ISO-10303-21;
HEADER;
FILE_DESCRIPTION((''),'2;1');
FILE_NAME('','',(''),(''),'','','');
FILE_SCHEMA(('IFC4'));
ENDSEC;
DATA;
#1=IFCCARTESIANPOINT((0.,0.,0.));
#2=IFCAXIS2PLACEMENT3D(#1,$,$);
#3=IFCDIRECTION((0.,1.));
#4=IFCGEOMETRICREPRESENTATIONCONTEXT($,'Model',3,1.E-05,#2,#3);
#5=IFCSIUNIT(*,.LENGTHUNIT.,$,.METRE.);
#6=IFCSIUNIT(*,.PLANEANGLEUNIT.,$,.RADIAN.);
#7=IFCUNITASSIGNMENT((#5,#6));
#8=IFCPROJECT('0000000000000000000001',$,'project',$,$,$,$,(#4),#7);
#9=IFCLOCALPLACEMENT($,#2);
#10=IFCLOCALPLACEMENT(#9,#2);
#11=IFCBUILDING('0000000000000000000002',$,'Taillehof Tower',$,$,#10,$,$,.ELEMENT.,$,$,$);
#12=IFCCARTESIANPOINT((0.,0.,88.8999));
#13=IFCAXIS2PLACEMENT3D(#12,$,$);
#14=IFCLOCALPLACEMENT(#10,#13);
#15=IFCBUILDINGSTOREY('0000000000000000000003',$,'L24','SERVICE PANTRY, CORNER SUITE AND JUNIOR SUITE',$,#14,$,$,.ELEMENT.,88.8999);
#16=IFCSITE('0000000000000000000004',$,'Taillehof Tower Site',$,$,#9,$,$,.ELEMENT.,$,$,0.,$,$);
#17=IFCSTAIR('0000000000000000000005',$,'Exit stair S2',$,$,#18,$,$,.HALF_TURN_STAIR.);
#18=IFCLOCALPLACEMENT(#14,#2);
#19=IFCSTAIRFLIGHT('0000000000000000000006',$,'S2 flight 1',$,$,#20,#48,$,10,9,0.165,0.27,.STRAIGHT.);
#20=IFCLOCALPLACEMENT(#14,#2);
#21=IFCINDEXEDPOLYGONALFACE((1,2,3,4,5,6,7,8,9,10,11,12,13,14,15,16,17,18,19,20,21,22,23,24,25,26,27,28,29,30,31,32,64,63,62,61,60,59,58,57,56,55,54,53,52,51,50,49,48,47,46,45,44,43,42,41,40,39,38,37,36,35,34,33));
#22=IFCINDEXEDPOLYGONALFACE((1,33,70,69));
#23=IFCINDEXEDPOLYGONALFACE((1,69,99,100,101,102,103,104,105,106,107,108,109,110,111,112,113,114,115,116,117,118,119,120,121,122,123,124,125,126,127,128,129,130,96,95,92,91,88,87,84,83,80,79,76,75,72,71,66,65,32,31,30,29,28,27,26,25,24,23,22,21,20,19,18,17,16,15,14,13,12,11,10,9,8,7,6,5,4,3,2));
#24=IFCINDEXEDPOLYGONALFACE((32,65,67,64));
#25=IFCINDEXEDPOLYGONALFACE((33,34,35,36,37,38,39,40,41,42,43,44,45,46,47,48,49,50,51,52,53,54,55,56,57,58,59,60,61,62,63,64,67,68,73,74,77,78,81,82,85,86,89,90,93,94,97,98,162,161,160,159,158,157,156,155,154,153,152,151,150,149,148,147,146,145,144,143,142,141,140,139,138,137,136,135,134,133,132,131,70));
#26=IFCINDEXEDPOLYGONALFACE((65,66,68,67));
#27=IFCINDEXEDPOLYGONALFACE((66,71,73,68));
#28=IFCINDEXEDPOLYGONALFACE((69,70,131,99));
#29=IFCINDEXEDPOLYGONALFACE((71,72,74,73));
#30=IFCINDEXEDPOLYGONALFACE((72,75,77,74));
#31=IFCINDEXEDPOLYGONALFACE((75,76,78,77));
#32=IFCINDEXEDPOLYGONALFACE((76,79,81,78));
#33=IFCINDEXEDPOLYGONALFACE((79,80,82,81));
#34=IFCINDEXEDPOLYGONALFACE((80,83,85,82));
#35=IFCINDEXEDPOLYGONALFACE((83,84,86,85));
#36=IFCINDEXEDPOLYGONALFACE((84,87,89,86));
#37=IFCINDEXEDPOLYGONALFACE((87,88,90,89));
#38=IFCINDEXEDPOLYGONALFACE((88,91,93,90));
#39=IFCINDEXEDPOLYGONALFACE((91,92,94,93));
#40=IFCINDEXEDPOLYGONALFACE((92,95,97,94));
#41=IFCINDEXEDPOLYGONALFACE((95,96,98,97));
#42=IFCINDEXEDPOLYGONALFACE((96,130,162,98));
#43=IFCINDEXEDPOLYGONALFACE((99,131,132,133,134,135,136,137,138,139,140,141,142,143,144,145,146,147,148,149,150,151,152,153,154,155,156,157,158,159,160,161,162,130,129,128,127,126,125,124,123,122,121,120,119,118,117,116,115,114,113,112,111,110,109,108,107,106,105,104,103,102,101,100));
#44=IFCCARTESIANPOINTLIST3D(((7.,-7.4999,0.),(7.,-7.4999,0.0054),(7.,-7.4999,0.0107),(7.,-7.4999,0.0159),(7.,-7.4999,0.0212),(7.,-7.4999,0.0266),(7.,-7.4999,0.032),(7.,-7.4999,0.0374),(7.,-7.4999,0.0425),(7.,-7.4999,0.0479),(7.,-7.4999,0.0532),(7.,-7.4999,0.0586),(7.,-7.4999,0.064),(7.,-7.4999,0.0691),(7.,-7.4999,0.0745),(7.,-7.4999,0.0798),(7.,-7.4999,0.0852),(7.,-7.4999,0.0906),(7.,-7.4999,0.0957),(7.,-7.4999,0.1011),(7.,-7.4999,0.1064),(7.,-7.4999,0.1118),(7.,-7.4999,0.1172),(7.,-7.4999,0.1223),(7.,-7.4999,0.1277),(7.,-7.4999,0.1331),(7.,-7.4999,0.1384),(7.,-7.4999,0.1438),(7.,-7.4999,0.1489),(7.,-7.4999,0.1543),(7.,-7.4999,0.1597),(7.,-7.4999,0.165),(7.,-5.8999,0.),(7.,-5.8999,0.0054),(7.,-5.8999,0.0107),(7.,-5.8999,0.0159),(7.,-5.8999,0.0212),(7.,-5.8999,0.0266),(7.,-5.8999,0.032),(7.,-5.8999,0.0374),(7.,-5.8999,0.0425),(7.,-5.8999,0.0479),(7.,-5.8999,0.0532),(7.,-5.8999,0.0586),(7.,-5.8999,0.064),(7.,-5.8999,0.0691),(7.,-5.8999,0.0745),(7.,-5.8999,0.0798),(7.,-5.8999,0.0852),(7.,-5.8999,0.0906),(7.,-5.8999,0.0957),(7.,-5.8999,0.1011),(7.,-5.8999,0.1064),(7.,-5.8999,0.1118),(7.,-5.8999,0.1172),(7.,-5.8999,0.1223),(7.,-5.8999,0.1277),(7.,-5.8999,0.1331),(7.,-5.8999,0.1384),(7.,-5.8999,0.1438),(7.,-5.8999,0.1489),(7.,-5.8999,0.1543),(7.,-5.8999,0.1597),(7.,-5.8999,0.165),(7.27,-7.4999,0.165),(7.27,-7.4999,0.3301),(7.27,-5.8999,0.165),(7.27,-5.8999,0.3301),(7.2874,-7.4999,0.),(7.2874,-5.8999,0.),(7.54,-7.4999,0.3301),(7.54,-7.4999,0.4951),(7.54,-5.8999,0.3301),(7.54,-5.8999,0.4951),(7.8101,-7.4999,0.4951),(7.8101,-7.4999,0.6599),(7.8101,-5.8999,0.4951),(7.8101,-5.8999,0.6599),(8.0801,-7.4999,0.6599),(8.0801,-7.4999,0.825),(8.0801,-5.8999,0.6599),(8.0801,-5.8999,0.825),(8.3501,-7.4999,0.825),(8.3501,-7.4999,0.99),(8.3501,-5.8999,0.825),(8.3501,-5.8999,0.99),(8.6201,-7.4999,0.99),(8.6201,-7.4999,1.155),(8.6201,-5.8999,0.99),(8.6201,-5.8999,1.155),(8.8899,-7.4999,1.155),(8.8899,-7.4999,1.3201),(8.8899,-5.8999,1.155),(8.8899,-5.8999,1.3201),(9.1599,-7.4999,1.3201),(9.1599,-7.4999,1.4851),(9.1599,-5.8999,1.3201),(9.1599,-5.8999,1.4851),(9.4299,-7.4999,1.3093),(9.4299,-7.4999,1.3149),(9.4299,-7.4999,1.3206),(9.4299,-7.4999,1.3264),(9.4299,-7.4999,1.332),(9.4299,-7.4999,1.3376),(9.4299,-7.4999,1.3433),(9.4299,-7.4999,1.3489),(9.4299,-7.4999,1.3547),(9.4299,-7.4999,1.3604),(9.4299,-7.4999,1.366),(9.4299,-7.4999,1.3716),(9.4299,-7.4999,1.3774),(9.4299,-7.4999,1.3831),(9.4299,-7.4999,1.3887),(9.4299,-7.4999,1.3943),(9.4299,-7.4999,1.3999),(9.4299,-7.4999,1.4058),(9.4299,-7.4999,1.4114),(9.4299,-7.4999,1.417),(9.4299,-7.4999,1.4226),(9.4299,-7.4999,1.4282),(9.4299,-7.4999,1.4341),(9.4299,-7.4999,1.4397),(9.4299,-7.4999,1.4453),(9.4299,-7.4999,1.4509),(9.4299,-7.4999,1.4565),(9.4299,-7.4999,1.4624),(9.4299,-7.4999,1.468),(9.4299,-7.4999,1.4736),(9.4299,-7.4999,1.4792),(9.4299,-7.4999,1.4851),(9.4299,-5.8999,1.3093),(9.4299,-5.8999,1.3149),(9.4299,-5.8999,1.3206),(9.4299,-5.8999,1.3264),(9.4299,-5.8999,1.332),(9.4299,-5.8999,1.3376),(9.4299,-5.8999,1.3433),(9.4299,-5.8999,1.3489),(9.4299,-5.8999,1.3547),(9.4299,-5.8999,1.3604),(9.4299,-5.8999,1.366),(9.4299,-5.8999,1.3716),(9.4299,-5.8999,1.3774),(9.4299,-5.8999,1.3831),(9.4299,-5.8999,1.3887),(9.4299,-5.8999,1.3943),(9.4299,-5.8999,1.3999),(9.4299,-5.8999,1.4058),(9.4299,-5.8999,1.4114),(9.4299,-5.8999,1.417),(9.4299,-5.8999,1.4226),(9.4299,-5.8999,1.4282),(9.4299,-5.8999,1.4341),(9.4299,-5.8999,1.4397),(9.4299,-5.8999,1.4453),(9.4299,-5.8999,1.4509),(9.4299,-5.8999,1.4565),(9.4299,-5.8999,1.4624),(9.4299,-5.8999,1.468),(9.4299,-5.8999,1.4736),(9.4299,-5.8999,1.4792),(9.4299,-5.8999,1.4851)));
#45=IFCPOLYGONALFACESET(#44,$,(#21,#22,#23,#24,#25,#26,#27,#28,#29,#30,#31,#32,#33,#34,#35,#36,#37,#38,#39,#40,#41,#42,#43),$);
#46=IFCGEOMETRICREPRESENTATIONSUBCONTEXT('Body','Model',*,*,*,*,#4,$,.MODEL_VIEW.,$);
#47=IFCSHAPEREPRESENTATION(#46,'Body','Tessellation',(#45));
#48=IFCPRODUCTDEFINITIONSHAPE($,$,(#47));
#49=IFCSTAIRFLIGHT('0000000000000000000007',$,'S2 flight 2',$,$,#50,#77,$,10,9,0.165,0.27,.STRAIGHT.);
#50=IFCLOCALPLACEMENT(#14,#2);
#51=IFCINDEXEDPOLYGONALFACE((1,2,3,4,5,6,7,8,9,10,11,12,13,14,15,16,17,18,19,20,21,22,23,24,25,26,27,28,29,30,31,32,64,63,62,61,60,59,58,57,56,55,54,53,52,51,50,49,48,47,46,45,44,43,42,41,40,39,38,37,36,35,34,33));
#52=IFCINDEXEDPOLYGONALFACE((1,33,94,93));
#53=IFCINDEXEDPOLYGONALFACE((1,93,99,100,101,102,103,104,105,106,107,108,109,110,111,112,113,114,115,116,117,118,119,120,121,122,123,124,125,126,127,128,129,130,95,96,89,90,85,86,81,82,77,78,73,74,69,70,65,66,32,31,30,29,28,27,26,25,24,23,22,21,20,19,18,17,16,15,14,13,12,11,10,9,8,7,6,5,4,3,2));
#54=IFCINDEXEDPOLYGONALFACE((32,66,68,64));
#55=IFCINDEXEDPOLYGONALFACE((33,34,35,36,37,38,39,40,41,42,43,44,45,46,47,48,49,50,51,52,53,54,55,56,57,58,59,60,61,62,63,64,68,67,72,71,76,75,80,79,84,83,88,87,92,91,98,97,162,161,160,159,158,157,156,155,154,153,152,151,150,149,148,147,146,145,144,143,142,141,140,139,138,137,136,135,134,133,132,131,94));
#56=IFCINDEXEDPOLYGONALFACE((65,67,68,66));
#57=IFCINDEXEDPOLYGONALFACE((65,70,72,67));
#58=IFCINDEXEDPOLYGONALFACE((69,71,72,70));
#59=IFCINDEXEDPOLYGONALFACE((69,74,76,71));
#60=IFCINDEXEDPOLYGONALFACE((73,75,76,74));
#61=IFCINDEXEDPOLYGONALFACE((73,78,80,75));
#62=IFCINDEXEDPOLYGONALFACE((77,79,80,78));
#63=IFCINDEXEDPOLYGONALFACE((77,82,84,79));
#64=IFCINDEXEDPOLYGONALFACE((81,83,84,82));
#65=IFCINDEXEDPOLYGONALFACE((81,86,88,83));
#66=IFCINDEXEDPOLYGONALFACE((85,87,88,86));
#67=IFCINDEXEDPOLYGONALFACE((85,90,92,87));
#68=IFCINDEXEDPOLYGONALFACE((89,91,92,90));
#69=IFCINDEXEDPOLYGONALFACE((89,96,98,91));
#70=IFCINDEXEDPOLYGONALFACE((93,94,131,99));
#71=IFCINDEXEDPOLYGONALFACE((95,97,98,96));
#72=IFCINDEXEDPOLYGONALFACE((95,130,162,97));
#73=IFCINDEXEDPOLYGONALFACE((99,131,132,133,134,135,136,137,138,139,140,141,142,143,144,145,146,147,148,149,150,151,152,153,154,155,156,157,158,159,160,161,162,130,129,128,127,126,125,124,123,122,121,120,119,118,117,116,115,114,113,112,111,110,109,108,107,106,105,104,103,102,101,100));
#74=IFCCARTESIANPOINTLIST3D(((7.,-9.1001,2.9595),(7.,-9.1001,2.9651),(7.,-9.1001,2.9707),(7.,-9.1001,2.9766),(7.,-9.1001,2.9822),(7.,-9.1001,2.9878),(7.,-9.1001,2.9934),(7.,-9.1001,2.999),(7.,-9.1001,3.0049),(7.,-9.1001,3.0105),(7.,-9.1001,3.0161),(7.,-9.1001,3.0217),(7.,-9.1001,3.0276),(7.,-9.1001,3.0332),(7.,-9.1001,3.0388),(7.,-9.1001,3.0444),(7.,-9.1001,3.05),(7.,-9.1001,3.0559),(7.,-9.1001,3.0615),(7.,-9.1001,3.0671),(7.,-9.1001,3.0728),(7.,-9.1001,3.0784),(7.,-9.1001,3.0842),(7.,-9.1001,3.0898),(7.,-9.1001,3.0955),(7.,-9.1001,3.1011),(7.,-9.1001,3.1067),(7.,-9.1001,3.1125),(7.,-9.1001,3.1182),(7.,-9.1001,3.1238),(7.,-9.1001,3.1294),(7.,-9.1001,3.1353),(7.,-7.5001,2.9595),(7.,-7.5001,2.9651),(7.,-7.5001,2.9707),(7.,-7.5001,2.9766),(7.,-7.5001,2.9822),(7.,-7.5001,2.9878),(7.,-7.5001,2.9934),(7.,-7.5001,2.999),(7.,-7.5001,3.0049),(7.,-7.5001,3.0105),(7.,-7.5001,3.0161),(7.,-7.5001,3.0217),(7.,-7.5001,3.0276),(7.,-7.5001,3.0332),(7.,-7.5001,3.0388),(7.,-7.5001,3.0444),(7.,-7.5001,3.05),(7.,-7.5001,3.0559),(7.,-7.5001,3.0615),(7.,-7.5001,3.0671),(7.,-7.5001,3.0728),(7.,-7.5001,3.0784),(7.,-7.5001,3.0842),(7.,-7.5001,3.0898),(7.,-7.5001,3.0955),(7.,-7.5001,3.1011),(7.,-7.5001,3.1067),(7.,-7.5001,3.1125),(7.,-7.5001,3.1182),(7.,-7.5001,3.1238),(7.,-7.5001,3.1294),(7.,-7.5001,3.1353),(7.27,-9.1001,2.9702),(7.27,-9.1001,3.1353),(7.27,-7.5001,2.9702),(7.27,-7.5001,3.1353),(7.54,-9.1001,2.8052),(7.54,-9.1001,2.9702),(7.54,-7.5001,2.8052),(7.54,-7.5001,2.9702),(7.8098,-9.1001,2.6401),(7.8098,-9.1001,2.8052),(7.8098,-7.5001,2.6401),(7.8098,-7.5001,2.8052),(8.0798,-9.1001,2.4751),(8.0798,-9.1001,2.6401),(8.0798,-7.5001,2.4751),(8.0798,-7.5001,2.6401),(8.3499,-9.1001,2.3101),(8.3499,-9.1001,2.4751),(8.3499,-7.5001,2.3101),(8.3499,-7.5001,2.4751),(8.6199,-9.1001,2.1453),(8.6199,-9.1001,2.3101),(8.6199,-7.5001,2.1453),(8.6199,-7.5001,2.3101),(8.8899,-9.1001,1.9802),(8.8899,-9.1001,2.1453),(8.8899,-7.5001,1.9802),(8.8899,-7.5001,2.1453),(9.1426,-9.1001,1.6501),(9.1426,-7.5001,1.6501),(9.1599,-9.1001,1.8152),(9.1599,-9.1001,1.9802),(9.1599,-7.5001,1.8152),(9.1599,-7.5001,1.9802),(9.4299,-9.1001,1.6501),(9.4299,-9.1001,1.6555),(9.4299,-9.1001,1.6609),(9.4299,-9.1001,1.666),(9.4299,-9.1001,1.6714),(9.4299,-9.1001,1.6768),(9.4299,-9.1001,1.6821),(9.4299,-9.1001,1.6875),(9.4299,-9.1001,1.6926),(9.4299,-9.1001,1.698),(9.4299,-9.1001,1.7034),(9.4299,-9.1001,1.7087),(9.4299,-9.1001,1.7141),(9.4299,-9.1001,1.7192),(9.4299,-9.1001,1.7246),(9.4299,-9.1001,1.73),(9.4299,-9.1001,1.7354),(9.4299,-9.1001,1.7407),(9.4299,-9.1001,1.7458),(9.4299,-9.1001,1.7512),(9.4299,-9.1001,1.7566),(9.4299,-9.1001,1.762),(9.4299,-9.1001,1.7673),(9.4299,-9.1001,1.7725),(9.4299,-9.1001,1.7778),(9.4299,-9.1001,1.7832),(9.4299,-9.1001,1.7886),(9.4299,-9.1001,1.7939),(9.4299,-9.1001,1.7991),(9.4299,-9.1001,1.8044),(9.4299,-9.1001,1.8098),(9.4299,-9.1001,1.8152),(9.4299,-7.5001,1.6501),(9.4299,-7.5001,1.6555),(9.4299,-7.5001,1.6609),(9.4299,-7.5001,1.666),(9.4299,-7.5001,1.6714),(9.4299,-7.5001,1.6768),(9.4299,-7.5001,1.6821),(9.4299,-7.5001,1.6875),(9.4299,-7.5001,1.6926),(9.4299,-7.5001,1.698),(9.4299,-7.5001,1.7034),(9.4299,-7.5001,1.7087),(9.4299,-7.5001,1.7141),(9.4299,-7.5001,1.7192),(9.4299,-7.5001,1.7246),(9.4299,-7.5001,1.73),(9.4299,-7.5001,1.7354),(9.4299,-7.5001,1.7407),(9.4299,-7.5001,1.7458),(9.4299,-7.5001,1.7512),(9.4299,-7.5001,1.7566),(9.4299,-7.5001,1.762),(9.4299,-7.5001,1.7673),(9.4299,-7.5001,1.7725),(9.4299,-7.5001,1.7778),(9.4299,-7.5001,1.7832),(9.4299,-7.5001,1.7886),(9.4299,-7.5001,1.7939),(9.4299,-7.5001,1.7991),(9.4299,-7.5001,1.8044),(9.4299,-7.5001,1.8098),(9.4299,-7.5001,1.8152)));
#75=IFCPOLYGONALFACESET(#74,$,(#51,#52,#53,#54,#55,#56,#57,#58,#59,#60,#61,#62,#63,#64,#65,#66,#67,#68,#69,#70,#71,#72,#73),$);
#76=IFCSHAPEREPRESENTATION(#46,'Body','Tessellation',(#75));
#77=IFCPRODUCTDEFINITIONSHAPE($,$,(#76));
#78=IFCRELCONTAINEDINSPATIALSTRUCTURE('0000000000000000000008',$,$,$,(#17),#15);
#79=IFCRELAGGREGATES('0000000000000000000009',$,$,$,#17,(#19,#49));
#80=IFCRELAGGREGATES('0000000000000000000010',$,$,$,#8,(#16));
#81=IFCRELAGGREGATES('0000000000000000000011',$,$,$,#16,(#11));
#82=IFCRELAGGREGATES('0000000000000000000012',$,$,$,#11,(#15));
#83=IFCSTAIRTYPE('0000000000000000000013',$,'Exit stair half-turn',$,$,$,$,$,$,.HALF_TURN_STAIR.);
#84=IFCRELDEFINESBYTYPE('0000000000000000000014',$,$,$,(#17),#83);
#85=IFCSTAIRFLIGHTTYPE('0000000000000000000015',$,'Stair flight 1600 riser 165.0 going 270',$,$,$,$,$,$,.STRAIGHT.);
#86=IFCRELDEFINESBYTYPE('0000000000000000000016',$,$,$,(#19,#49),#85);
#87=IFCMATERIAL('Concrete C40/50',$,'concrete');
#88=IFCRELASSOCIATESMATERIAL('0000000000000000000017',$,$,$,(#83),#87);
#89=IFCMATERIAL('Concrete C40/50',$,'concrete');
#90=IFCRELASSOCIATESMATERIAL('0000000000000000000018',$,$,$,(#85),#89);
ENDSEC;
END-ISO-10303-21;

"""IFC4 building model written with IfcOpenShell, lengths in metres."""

from ifc_helpers import new_model, si_unit, direction, frame, origin, place, context, subcontext, project, spatial, polyline, outline, extrude, material, type_object, element, aggregate, save


model = new_model("IFC4")

# Units and contexts
model_context = context("Model", 3, precision=1e-05, world=origin(), true_north=direction((0.0, 1.0)))
body_context = subcontext(model_context, "Body", "Model", "MODEL_VIEW")
ifc_project = project(units=[si_unit("LENGTHUNIT", "METRE"), si_unit("PLANEANGLEUNIT", "RADIAN")], contexts=[model_context])

# Site, building, storey
site_placement = place(None, origin())
site = spatial("IfcSite", under=ifc_project, at=site_placement, Name="Taillehof Tower Site", CompositionType="ELEMENT", RefElevation=0.0)
building_placement = place(site_placement, origin())
building = spatial("IfcBuilding", under=site, at=building_placement, Name="Taillehof Tower", CompositionType="ELEMENT")
storey_placement = place(building_placement, frame((0.0, 0.0, 88.8999)))
storey = spatial("IfcBuildingStorey", under=building, at=storey_placement, Name="L24", Description="SERVICE PANTRY, CORNER SUITE AND JUNIOR SUITE", CompositionType="ELEMENT", Elevation=88.8999)

# Stair, stair flights
ifc_material_1 = material(Name="Concrete C40/50", Category="concrete")
stair_type = type_object("IfcStairType", Name="Exit stair half-turn", PredefinedType="HALF_TURN_STAIR", material=ifc_material_1)
stair_placement = place(storey_placement, origin())
stair = element("IfcStair", 1, at=stair_placement, inside=storey, type_object=stair_type, Name="Exit stair S2", PredefinedType="HALF_TURN_STAIR")
ifc_material_2 = material(Name="Concrete C40/50", Category="concrete")
stair_flight_type = type_object("IfcStairFlightType", Name="Stair flight 1600 riser 165.0 going 270", PredefinedType="STRAIGHT", material=ifc_material_2)
stair_flight_1_placement = place(storey_placement, frame((7.0, -6.7, 0.0), z_axis=(0.0, 0.0, 1.0), x_axis=(1.0, 0.0, 0.0)))
stair_flight_1 = element("IfcStairFlight", 2, at=stair_flight_1_placement, type_object=stair_flight_type, Name="S2 flight 1", NumberOfRisers=10, NumberOfTreads=9, PredefinedType="STRAIGHT", RiserHeight=0.165, TreadLength=0.27, context=body_context, shape_type="SweptSolid", body=[
    extrude(outline(polyline([(0.0, 0.0), (0.0, 0.0054), (0.0, 0.0107), (0.0, 0.0159), (0.0, 0.0212), (0.0, 0.0266), (0.0, 0.032), (0.0, 0.0374), (0.0, 0.0425), (0.0, 0.0479), (0.0, 0.0532), (0.0, 0.0586), (0.0, 0.064), (0.0, 0.0691), (0.0, 0.0745), (0.0, 0.0798), (0.0, 0.0852), (0.0, 0.0906), (0.0, 0.0957), (0.0, 0.1011), (0.0, 0.1064), (0.0, 0.1118), (0.0, 0.1172), (0.0, 0.1223), (0.0, 0.1277), (0.0, 0.1331), (0.0, 0.1384), (0.0, 0.1438), (0.0, 0.1489), (0.0, 0.1543), (0.0, 0.1597), (0.0, 0.165), (0.27, 0.165), (0.27, 0.3301), (0.54, 0.3301), (0.54, 0.4951), (0.8101, 0.4951), (0.8101, 0.6599), (1.0801, 0.6599), (1.0801, 0.825), (1.3501, 0.825), (1.3501, 0.99), (1.6201, 0.99), (1.6201, 1.155), (1.8899, 1.155), (1.8899, 1.3201), (2.1599, 1.3201), (2.1599, 1.4851), (2.4299, 1.4851), (2.4299, 1.4792), (2.4299, 1.4736), (2.4299, 1.468), (2.4299, 1.4624), (2.4299, 1.4565), (2.4299, 1.4509), (2.4299, 1.4453), (2.4299, 1.4397), (2.4299, 1.4341), (2.4299, 1.4282), (2.4299, 1.4226), (2.4299, 1.417), (2.4299, 1.4114), (2.4299, 1.4058), (2.4299, 1.3999), (2.4299, 1.3943), (2.4299, 1.3887), (2.4299, 1.3831), (2.4299, 1.3774), (2.4299, 1.3716), (2.4299, 1.366), (2.4299, 1.3604), (2.4299, 1.3547), (2.4299, 1.3489), (2.4299, 1.3433), (2.4299, 1.3376), (2.4299, 1.332), (2.4299, 1.3264), (2.4299, 1.3206), (2.4299, 1.3149), (2.4299, 1.3093), (0.2874, 0.0), (0.0, 0.0)])), frame((0.0, 0.8, 0.0), z_axis=(0.0, -1.0, 0.0), x_axis=(1.0, 0.0, 0.0)), (0.0, 0.0, 1.0), 1.6),
])
stair_flight_2_placement = place(storey_placement, frame((9.4299, -8.3, 1.6501), z_axis=(0.0, 0.0, 1.0), x_axis=(-1.0, 0.0, 0.0)))
stair_flight_2 = element("IfcStairFlight", 3, at=stair_flight_2_placement, type_object=stair_flight_type, Name="S2 flight 2", NumberOfRisers=10, NumberOfTreads=9, PredefinedType="STRAIGHT", RiserHeight=0.165, TreadLength=0.27, context=body_context, shape_type="SweptSolid", body=[
    extrude(outline(polyline([(0.0, 0.0), (0.0, 0.0054), (0.0, 0.0107), (0.0, 0.0159), (0.0, 0.0212), (0.0, 0.0266), (0.0, 0.032), (0.0, 0.0374), (0.0, 0.0425), (0.0, 0.0479), (0.0, 0.0532), (0.0, 0.0586), (0.0, 0.064), (0.0, 0.0691), (0.0, 0.0745), (0.0, 0.0798), (0.0, 0.0852), (0.0, 0.0906), (0.0, 0.0957), (0.0, 0.1011), (0.0, 0.1064), (0.0, 0.1118), (0.0, 0.1172), (0.0, 0.1223), (0.0, 0.1277), (0.0, 0.1331), (0.0, 0.1384), (0.0, 0.1438), (0.0, 0.1489), (0.0, 0.1543), (0.0, 0.1597), (0.0, 0.165), (0.27, 0.165), (0.27, 0.3301), (0.54, 0.3301), (0.54, 0.4951), (0.8101, 0.4951), (0.8101, 0.6599), (1.0801, 0.6599), (1.0801, 0.825), (1.3501, 0.825), (1.3501, 0.99), (1.6201, 0.99), (1.6201, 1.155), (1.8899, 1.155), (1.8899, 1.3201), (2.1599, 1.3201), (2.1599, 1.4851), (2.4299, 1.4851), (2.4299, 1.4792), (2.4299, 1.4736), (2.4299, 1.468), (2.4299, 1.4624), (2.4299, 1.4565), (2.4299, 1.4509), (2.4299, 1.4453), (2.4299, 1.4397), (2.4299, 1.4341), (2.4299, 1.4282), (2.4299, 1.4226), (2.4299, 1.417), (2.4299, 1.4114), (2.4299, 1.4058), (2.4299, 1.3999), (2.4299, 1.3943), (2.4299, 1.3887), (2.4299, 1.3831), (2.4299, 1.3774), (2.4299, 1.3716), (2.4299, 1.366), (2.4299, 1.3604), (2.4299, 1.3547), (2.4299, 1.3489), (2.4299, 1.3433), (2.4299, 1.3376), (2.4299, 1.332), (2.4299, 1.3264), (2.4299, 1.3206), (2.4299, 1.3149), (2.4299, 1.3093), (0.2874, 0.0), (0.0, 0.0)])), frame((0.0, 0.8, 0.0), z_axis=(0.0, -1.0, 0.0), x_axis=(1.0, 0.0, 0.0)), (0.0, 0.0, 1.0), 1.6),
])
aggregate(stair, [stair_flight_1, stair_flight_2])

save(model, "model.ifc")
